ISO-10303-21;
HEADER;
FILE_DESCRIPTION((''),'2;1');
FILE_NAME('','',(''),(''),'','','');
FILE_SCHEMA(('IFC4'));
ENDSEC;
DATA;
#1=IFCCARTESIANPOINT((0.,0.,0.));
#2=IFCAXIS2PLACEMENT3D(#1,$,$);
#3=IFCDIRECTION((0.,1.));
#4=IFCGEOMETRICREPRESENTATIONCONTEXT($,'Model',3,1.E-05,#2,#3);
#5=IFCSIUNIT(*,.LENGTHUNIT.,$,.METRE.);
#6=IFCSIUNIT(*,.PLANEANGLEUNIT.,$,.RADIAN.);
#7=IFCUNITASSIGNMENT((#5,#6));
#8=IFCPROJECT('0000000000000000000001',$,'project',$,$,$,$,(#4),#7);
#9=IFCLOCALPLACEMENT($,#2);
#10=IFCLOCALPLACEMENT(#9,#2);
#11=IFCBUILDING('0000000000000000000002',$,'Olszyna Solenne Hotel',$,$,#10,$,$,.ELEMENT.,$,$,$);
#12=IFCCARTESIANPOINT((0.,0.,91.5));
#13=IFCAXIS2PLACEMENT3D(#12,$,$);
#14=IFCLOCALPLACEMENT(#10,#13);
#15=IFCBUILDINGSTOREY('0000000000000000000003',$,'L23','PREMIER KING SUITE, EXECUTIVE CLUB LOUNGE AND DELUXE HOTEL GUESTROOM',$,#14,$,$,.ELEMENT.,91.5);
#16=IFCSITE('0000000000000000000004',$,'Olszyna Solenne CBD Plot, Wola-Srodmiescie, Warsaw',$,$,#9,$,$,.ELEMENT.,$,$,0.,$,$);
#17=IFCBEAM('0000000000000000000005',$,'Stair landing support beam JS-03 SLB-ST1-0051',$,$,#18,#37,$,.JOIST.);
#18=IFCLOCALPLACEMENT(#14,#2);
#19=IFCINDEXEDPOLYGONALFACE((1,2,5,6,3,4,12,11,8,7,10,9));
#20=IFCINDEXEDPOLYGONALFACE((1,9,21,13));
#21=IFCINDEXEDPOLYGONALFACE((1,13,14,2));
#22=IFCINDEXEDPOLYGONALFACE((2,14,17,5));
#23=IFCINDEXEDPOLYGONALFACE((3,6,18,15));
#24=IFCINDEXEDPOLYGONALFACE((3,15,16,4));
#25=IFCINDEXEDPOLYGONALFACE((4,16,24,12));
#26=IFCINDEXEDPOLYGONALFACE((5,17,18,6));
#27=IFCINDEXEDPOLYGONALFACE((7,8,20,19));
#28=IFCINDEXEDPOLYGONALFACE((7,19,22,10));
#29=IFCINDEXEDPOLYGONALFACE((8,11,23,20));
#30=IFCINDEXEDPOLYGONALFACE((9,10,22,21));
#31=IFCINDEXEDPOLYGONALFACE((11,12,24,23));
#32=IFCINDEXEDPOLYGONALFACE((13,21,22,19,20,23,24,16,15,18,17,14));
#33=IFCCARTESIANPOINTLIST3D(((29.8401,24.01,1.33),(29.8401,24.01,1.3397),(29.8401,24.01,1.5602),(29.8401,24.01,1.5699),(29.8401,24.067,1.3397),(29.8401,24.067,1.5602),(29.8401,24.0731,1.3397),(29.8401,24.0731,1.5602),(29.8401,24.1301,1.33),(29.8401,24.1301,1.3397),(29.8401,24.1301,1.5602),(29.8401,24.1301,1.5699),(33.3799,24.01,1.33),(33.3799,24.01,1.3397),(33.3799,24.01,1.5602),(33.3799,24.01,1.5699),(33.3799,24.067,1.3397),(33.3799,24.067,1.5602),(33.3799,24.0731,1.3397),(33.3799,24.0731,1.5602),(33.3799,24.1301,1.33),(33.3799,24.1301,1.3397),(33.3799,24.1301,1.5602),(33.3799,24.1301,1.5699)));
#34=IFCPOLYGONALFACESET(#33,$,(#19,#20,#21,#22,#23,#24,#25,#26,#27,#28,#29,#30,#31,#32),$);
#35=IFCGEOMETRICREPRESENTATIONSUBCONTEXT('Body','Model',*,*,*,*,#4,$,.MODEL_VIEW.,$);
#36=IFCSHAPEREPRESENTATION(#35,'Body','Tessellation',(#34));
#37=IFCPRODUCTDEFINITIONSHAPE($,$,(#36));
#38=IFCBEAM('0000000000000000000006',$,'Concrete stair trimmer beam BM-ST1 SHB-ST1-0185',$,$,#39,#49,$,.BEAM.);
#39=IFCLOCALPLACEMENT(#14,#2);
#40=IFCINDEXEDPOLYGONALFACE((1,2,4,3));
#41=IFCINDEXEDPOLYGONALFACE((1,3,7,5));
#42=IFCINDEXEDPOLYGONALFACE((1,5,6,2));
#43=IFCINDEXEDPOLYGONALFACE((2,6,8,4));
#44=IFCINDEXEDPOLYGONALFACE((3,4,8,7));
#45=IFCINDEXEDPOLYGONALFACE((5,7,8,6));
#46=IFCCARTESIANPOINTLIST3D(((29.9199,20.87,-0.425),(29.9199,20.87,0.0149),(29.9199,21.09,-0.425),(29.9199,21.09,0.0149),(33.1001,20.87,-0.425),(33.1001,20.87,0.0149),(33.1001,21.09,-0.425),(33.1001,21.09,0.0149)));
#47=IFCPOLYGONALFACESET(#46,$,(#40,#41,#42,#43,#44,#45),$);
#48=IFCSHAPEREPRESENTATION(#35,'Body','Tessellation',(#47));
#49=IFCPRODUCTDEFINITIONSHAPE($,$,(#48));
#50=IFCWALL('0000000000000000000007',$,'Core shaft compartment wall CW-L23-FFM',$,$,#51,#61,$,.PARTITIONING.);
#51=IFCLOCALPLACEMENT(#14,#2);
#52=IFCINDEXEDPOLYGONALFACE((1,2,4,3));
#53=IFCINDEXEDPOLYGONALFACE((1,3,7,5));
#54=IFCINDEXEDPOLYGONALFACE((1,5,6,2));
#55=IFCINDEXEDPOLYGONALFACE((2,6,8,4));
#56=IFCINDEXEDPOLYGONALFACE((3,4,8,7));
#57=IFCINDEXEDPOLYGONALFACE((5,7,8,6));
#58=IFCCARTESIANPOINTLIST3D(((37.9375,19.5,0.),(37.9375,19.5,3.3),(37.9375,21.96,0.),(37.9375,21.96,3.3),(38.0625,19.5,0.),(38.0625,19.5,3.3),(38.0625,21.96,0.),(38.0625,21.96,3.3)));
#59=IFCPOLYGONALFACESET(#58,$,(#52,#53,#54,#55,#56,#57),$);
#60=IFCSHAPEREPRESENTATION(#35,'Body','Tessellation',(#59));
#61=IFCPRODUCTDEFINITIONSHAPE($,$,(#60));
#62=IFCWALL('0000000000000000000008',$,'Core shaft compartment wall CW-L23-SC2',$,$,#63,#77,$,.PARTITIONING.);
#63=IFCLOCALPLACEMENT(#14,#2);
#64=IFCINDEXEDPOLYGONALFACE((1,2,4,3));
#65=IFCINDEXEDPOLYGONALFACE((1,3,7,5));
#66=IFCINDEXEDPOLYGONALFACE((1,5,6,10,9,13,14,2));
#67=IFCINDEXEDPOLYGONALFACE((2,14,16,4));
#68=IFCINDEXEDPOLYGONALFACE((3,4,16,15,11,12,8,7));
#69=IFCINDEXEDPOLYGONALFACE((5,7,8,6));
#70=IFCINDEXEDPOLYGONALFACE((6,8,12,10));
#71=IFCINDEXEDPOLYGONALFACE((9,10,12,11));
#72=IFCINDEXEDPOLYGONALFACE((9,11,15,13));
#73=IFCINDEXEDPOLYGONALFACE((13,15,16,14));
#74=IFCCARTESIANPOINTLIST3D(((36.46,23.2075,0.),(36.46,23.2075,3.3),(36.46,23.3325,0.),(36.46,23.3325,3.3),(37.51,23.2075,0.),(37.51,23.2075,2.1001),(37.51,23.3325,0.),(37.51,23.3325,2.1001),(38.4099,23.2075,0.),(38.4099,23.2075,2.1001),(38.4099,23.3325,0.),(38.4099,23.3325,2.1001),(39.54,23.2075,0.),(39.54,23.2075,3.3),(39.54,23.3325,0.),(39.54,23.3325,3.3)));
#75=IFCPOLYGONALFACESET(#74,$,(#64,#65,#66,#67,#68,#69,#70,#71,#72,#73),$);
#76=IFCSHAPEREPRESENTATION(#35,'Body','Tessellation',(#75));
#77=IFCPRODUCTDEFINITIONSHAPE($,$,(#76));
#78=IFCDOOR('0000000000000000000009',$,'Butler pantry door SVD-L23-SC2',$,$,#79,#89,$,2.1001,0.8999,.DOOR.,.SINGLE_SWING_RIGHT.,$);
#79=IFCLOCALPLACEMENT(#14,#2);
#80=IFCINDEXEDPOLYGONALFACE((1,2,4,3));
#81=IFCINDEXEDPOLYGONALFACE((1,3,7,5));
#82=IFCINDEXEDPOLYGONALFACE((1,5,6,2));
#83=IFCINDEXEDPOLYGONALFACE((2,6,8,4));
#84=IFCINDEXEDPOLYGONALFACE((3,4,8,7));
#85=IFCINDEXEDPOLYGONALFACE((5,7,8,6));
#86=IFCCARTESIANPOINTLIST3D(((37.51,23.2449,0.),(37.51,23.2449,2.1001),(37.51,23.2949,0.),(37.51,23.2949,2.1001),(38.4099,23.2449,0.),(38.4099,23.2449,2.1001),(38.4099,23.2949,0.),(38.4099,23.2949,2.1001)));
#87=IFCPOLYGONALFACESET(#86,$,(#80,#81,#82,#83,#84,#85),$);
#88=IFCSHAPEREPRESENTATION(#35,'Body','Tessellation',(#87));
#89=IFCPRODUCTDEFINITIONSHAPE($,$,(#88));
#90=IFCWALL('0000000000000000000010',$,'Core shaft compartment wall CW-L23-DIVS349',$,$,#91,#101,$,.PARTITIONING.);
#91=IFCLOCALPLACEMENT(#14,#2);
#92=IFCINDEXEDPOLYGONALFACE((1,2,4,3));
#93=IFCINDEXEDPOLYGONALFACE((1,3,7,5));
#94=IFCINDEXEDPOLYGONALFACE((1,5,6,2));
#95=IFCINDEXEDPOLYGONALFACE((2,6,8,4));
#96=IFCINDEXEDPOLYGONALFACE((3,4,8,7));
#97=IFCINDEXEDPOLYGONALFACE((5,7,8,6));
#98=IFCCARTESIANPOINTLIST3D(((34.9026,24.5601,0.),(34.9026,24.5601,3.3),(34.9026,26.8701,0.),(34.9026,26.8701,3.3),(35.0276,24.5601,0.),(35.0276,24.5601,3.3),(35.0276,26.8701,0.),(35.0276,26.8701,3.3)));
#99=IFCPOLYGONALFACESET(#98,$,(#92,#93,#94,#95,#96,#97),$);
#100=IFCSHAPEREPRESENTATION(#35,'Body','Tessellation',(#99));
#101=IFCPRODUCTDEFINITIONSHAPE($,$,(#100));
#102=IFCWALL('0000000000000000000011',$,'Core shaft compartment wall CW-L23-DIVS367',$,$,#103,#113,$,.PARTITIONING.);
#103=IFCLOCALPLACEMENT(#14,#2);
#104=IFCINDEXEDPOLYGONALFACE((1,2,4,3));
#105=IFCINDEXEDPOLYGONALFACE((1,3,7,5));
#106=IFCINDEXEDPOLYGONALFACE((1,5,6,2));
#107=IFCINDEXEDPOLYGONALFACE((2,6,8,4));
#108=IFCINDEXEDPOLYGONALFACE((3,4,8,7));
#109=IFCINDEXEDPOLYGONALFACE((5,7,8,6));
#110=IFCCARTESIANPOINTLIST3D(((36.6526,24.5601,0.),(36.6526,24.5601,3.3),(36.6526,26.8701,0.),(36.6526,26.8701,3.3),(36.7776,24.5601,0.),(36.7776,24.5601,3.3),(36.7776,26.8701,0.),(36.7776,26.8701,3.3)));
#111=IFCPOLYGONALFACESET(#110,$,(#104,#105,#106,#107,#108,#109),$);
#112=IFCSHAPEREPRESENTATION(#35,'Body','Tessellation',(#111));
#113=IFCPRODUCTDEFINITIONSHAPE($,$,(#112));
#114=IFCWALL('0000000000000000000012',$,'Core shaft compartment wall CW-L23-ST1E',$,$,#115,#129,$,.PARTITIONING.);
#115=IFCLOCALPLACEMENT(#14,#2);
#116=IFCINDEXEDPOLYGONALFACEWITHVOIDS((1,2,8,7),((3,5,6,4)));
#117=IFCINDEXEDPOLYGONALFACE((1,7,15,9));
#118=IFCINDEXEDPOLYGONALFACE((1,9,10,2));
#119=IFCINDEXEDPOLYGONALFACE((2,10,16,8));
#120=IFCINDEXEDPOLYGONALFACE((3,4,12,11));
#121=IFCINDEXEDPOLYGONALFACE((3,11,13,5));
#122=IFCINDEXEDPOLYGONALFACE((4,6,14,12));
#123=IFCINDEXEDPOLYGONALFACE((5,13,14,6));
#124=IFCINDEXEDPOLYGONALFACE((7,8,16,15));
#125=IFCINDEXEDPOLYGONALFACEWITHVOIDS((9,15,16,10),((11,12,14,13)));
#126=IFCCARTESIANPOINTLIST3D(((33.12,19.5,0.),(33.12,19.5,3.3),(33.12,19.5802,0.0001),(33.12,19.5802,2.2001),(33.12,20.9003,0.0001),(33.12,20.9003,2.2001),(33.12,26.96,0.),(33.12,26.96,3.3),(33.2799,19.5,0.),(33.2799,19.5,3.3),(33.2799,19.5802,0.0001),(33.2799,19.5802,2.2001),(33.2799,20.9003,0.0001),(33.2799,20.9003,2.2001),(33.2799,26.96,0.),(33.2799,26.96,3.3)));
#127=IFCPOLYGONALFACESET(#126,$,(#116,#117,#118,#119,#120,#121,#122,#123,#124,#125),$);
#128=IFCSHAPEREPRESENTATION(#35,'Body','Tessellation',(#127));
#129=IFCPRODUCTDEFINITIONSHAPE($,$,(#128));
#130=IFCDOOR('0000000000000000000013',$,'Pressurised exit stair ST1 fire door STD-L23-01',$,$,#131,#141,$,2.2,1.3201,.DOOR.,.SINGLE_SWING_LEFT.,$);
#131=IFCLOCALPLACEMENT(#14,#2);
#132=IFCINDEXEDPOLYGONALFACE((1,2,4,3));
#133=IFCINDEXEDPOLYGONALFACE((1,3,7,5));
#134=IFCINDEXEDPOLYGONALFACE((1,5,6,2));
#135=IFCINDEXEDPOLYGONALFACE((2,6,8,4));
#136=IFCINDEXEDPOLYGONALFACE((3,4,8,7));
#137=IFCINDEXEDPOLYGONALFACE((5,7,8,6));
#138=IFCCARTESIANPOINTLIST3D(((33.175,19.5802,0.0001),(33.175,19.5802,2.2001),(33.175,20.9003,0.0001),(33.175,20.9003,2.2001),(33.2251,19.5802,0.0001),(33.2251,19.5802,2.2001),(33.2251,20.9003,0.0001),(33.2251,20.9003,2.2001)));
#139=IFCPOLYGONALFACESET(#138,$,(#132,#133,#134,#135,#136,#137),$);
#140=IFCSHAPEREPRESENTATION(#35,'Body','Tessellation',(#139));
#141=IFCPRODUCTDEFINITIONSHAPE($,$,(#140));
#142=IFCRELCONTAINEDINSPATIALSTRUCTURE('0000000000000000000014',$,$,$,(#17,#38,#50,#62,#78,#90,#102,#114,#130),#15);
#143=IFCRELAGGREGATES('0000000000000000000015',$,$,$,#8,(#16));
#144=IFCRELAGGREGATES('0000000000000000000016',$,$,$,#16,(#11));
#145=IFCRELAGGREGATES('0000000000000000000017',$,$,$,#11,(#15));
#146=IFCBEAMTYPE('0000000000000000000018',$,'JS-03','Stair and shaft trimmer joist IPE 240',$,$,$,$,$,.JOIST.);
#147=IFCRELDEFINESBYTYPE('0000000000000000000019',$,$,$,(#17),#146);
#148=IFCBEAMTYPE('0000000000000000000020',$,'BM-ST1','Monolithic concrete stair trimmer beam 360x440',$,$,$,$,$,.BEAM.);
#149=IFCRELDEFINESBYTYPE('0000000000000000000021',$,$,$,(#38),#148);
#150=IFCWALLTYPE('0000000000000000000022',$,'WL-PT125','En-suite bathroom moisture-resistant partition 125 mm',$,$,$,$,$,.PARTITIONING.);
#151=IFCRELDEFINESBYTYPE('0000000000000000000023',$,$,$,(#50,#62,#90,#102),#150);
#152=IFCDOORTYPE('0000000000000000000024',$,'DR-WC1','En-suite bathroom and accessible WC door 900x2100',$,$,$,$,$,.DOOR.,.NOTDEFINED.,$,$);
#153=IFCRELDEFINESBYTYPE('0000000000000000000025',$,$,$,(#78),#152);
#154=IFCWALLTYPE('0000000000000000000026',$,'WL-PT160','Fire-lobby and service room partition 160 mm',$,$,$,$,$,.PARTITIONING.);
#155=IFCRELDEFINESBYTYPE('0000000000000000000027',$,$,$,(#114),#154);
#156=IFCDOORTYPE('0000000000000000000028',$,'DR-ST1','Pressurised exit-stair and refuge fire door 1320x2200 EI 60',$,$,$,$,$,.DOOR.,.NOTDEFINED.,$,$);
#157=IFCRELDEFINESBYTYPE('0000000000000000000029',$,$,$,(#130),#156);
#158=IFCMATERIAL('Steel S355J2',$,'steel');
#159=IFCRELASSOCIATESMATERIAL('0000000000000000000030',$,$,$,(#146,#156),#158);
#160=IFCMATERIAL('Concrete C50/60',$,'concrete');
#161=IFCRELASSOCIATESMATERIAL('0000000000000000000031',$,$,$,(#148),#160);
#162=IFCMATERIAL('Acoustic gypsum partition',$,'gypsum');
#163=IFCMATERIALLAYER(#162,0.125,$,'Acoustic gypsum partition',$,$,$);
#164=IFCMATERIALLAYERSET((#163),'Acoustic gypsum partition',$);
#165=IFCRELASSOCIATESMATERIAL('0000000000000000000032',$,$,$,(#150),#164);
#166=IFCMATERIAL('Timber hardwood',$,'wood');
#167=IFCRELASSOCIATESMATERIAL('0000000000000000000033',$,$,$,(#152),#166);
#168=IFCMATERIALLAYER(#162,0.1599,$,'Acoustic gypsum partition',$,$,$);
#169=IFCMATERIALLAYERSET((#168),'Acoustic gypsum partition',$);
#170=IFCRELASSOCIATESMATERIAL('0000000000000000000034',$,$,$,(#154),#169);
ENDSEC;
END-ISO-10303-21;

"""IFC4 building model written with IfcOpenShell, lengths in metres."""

from ifc_helpers import new_model, si_unit, direction, frame, frame_2d, origin, origin_2d, place, context, subcontext, project, spatial, rectangle, i_section, extrude, source, transform, mapped, material, layer, layer_set, material_profile, profile_set, type_object, type_shapes, element, fill, save


model = new_model("IFC4")

# Units and contexts
model_context = context("Model", 3, precision=1e-05, world=origin(), true_north=direction((0.0, 1.0)))
body_context = subcontext(model_context, "Body", "Model", "MODEL_VIEW")
ifc_project = project(units=[si_unit("LENGTHUNIT", "METRE"), si_unit("PLANEANGLEUNIT", "RADIAN")], contexts=[model_context])

# Site, building, storey
site_placement = place(None, origin())
site = spatial("IfcSite", under=ifc_project, at=site_placement, Name="Olszyna Solenne CBD Plot, Wola-Srodmiescie, Warsaw", CompositionType="ELEMENT", RefElevation=0.0)
building_placement = place(site_placement, origin())
building = spatial("IfcBuilding", under=site, at=building_placement, Name="Olszyna Solenne Hotel", CompositionType="ELEMENT")
storey_placement = place(building_placement, frame((0.0, 0.0, 91.5)))
storey = spatial("IfcBuildingStorey", under=building, at=storey_placement, Name="L23", Description="PREMIER KING SUITE, EXECUTIVE CLUB LOUNGE AND DELUXE HOTEL GUESTROOM", CompositionType="ELEMENT", Elevation=91.5)

# Beams
ifc_material_1 = material(Name="Steel S355J2", Category="steel")
ifc_material_profile_1 = material_profile(ifc_material_1, i_section(OverallWidth=0.1201, OverallDepth=0.24, WebThickness=0.0061, FlangeThickness=0.0098, at=origin_2d()), Name="IPE 240", Category="load-bearing")
ifc_profile_set_1 = profile_set([ifc_material_profile_1], Name="Steel S355J2")
beam_type_1 = type_object("IfcBeamType", Name="JS-03", Description="Stair and shaft trimmer joist IPE 240", PredefinedType="JOIST", material=ifc_profile_set_1)
shared_shape_1 = source(origin(), body_context, "Body", "SweptSolid", [
    extrude(i_section(OverallWidth=0.1201, OverallDepth=0.24, WebThickness=0.0061, FlangeThickness=0.0098, at=origin_2d()), origin(), (0.0, 0.0, 1.0), 3.5398),
])
beam_1_placement = place(storey_placement, frame((33.3799, 24.0701, 1.45), z_axis=(-1.0, 0.0, 0.0), x_axis=(0.0, -1.0, 0.0)))
element("IfcBeam", 1, at=beam_1_placement, inside=storey, type_object=beam_type_1, Name="Stair landing support beam JS-03 SLB-ST1-0051", PredefinedType="JOIST", context=body_context, shape_type="MappedRepresentation", body=[
    mapped(shared_shape_1, transform((0.0, 0.0, 0.0), x_axis=(1.0, 0.0, 0.0), y_axis=(0.0, 1.0, 0.0), z_axis=(0.0, 0.0, 1.0), scale=1.0)),
])
ifc_material_2 = material(Name="Concrete C50/60", Category="concrete")
ifc_material_profile_2 = material_profile(ifc_material_2, rectangle(XDim=0.22, YDim=0.4399, at=origin_2d()), Name="RC 220x440", Category="load-bearing")
ifc_profile_set_2 = profile_set([ifc_material_profile_2], Name="Concrete C50/60")
beam_type_2 = type_object("IfcBeamType", Name="BM-ST1", Description="Monolithic concrete stair trimmer beam 360x440", PredefinedType="BEAM", material=ifc_profile_set_2)
shared_shape_2 = source(origin(), body_context, "Body", "SweptSolid", [
    extrude(rectangle(XDim=0.22, YDim=0.4399, at=origin_2d()), origin(), (0.0, 0.0, 1.0), 3.1802),
])
beam_2_placement = place(storey_placement, frame((33.1001, 20.98, -0.2051), z_axis=(-1.0, 0.0, 0.0), x_axis=(0.0, -1.0, 0.0)))
element("IfcBeam", 2, at=beam_2_placement, inside=storey, type_object=beam_type_2, Name="Concrete stair trimmer beam BM-ST1 SHB-ST1-0185", PredefinedType="BEAM", context=body_context, shape_type="MappedRepresentation", body=[
    mapped(shared_shape_2, transform((0.0, 0.0, 0.0), x_axis=(1.0, 0.0, 0.0), y_axis=(0.0, 1.0, 0.0), z_axis=(0.0, 0.0, 1.0), scale=1.0)),
])

# Wall
ifc_material_3 = material(Name="Acoustic gypsum partition", Category="gypsum")
ifc_layer_1 = layer(ifc_material_3, 0.125, Name="Acoustic gypsum partition")
ifc_layer_set_1 = layer_set([ifc_layer_1], Name="Acoustic gypsum partition")
wall_type_1 = type_object("IfcWallType", Name="WL-PT125", Description="En-suite bathroom moisture-resistant partition 125 mm", PredefinedType="PARTITIONING", material=ifc_layer_set_1)
wall_1_placement = place(storey_placement, frame((38.0, 19.5, 0.0), z_axis=(0.0, 0.0, 1.0), x_axis=(0.0, 1.0, 0.0)))
element("IfcWall", 3, at=wall_1_placement, inside=storey, type_object=wall_type_1, Name="Core shaft compartment wall CW-L23-FFM", PredefinedType="PARTITIONING", context=body_context, shape_type="SweptSolid", body=[
    extrude(rectangle(XDim=2.46, YDim=0.125, at=frame_2d((1.23, 0.0))), origin(), (0.0, 0.0, 1.0), 3.3),
])

# Wall, opening, door
wall_2_placement = place(storey_placement, frame((36.46, 23.27, 0.0), z_axis=(0.0, 0.0, 1.0), x_axis=(1.0, 0.0, 0.0)))
wall_2 = element("IfcWall", 4, at=wall_2_placement, inside=storey, type_object=wall_type_1, Name="Core shaft compartment wall CW-L23-SC2", PredefinedType="PARTITIONING", context=body_context, shape_type="SweptSolid", body=[
    extrude(rectangle(XDim=3.0801, YDim=0.125, at=frame_2d((1.54, 0.0))), origin(), (0.0, 0.0, 1.0), 3.3),
])
opening_1_placement = place(wall_2_placement, frame((1.05, 0.0, 0.0)))
opening_1 = element("IfcOpeningElement", 5, at=opening_1_placement, cuts=wall_2, PredefinedType="OPENING", context=body_context, shape_type="SweptSolid", body=[
    extrude(rectangle(XDim=0.8999, YDim=2.1001, at=frame_2d((0.45, 1.05))), frame((0.0, 0.0725, 0.0), z_axis=(0.0, -1.0, 0.0), x_axis=(1.0, 0.0, 0.0)), (0.0, 0.0, 1.0), 0.145),
])
ifc_material_4 = material(Name="Timber hardwood", Category="wood")
door_type_1 = type_object("IfcDoorType", Name="DR-WC1", Description="En-suite bathroom and accessible WC door 900x2100", OperationType="NOTDEFINED", PredefinedType="DOOR", material=ifc_material_4)
shared_shape_3 = source(origin(), body_context, "Body", "SweptSolid", [
    extrude(rectangle(XDim=0.8999, YDim=2.1001, at=frame_2d((0.45, 1.05))), frame((0.0, 0.0249, 0.0), z_axis=(0.0, -1.0, 0.0), x_axis=(1.0, 0.0, 0.0)), (0.0, 0.0, 1.0), 0.05),
])
type_shapes(door_type_1, [shared_shape_3])
door_1_placement = place(opening_1_placement, origin())
door_1 = element("IfcDoor", 6, at=door_1_placement, inside=storey, type_object=door_type_1, Name="Butler pantry door SVD-L23-SC2", OperationType="SINGLE_SWING_RIGHT", OverallHeight=2.1001, OverallWidth=0.8999, PredefinedType="DOOR", context=body_context, shape_type="MappedRepresentation", body=[
    mapped(shared_shape_3, transform((0.0, 0.0, 0.0), x_axis=(1.0, 0.0, 0.0), y_axis=(0.0, 1.0, 0.0), z_axis=(0.0, 0.0, 1.0), scale=1.0)),
])
fill(opening_1, door_1)

# Walls
for number, where, z_axis, x_axis, name in (
    (7, (34.9651, 24.5601, 0.0), (0.0, 0.0, 1.0), (0.0, 1.0, 0.0), "Core shaft compartment wall CW-L23-DIVS349"),
    (8, (36.7151, 24.5601, 0.0), (0.0, 0.0, 1.0), (0.0, 1.0, 0.0), "Core shaft compartment wall CW-L23-DIVS367"),
):
    element("IfcWall", number, at=place(storey_placement, frame(where, z_axis=z_axis, x_axis=x_axis)), inside=storey, type_object=wall_type_1, Name=name, PredefinedType="PARTITIONING", context=body_context, shape_type="SweptSolid", body=[
        extrude(rectangle(XDim=2.3101, YDim=0.125, at=frame_2d((1.155, 0.0))), origin(), (0.0, 0.0, 1.0), 3.3),
    ])

# Wall, opening, door
ifc_layer_2 = layer(ifc_material_3, 0.1599, Name="Acoustic gypsum partition")
ifc_layer_set_2 = layer_set([ifc_layer_2], Name="Acoustic gypsum partition")
wall_type_2 = type_object("IfcWallType", Name="WL-PT160", Description="Fire-lobby and service room partition 160 mm", PredefinedType="PARTITIONING", material=ifc_layer_set_2)
wall_3_placement = place(storey_placement, frame((33.2, 19.5, 0.0), z_axis=(0.0, 0.0, 1.0), x_axis=(0.0, 1.0, 0.0)))
wall_3 = element("IfcWall", 9, at=wall_3_placement, inside=storey, type_object=wall_type_2, Name="Core shaft compartment wall CW-L23-ST1E", PredefinedType="PARTITIONING", context=body_context, shape_type="SweptSolid", body=[
    extrude(rectangle(XDim=7.46, YDim=0.1599, at=frame_2d((3.73, 0.0))), origin(), (0.0, 0.0, 1.0), 3.3),
])
opening_2_placement = place(wall_3_placement, frame((0.0801, 0.0, 0.0)))
opening_2 = element("IfcOpeningElement", 10, at=opening_2_placement, cuts=wall_3, PredefinedType="OPENING", context=body_context, shape_type="SweptSolid", body=[
    extrude(rectangle(XDim=1.3201, YDim=2.2, at=frame_2d((0.6602, 1.1001))), frame((0.0, 0.0898, 0.0), z_axis=(0.0, -1.0, 0.0), x_axis=(1.0, 0.0, 0.0)), (0.0, 0.0, 1.0), 0.1799),
])
door_type_2 = type_object("IfcDoorType", Name="DR-ST1", Description="Pressurised exit-stair and refuge fire door 1320x2200 EI 60", OperationType="NOTDEFINED", PredefinedType="DOOR", material=ifc_material_1)
shared_shape_4 = source(origin(), body_context, "Body", "SweptSolid", [
    extrude(rectangle(XDim=1.3201, YDim=2.2, at=frame_2d((0.6602, 1.1001))), frame((0.0, 0.0249, 0.0), z_axis=(0.0, -1.0, 0.0), x_axis=(1.0, 0.0, 0.0)), (0.0, 0.0, 1.0), 0.05),
])
type_shapes(door_type_2, [shared_shape_4])
door_2_placement = place(opening_2_placement, origin())
door_2 = element("IfcDoor", 11, at=door_2_placement, inside=storey, type_object=door_type_2, Name="Pressurised exit stair ST1 fire door STD-L23-01", OperationType="SINGLE_SWING_LEFT", OverallHeight=2.2, OverallWidth=1.3201, PredefinedType="DOOR", context=body_context, shape_type="MappedRepresentation", body=[
    mapped(shared_shape_4, transform((0.0, 0.0, 0.0), x_axis=(1.0, 0.0, 0.0), y_axis=(0.0, 1.0, 0.0), z_axis=(0.0, 0.0, 1.0), scale=1.0)),
])
fill(opening_2, door_2)

save(model, "model.ifc")
